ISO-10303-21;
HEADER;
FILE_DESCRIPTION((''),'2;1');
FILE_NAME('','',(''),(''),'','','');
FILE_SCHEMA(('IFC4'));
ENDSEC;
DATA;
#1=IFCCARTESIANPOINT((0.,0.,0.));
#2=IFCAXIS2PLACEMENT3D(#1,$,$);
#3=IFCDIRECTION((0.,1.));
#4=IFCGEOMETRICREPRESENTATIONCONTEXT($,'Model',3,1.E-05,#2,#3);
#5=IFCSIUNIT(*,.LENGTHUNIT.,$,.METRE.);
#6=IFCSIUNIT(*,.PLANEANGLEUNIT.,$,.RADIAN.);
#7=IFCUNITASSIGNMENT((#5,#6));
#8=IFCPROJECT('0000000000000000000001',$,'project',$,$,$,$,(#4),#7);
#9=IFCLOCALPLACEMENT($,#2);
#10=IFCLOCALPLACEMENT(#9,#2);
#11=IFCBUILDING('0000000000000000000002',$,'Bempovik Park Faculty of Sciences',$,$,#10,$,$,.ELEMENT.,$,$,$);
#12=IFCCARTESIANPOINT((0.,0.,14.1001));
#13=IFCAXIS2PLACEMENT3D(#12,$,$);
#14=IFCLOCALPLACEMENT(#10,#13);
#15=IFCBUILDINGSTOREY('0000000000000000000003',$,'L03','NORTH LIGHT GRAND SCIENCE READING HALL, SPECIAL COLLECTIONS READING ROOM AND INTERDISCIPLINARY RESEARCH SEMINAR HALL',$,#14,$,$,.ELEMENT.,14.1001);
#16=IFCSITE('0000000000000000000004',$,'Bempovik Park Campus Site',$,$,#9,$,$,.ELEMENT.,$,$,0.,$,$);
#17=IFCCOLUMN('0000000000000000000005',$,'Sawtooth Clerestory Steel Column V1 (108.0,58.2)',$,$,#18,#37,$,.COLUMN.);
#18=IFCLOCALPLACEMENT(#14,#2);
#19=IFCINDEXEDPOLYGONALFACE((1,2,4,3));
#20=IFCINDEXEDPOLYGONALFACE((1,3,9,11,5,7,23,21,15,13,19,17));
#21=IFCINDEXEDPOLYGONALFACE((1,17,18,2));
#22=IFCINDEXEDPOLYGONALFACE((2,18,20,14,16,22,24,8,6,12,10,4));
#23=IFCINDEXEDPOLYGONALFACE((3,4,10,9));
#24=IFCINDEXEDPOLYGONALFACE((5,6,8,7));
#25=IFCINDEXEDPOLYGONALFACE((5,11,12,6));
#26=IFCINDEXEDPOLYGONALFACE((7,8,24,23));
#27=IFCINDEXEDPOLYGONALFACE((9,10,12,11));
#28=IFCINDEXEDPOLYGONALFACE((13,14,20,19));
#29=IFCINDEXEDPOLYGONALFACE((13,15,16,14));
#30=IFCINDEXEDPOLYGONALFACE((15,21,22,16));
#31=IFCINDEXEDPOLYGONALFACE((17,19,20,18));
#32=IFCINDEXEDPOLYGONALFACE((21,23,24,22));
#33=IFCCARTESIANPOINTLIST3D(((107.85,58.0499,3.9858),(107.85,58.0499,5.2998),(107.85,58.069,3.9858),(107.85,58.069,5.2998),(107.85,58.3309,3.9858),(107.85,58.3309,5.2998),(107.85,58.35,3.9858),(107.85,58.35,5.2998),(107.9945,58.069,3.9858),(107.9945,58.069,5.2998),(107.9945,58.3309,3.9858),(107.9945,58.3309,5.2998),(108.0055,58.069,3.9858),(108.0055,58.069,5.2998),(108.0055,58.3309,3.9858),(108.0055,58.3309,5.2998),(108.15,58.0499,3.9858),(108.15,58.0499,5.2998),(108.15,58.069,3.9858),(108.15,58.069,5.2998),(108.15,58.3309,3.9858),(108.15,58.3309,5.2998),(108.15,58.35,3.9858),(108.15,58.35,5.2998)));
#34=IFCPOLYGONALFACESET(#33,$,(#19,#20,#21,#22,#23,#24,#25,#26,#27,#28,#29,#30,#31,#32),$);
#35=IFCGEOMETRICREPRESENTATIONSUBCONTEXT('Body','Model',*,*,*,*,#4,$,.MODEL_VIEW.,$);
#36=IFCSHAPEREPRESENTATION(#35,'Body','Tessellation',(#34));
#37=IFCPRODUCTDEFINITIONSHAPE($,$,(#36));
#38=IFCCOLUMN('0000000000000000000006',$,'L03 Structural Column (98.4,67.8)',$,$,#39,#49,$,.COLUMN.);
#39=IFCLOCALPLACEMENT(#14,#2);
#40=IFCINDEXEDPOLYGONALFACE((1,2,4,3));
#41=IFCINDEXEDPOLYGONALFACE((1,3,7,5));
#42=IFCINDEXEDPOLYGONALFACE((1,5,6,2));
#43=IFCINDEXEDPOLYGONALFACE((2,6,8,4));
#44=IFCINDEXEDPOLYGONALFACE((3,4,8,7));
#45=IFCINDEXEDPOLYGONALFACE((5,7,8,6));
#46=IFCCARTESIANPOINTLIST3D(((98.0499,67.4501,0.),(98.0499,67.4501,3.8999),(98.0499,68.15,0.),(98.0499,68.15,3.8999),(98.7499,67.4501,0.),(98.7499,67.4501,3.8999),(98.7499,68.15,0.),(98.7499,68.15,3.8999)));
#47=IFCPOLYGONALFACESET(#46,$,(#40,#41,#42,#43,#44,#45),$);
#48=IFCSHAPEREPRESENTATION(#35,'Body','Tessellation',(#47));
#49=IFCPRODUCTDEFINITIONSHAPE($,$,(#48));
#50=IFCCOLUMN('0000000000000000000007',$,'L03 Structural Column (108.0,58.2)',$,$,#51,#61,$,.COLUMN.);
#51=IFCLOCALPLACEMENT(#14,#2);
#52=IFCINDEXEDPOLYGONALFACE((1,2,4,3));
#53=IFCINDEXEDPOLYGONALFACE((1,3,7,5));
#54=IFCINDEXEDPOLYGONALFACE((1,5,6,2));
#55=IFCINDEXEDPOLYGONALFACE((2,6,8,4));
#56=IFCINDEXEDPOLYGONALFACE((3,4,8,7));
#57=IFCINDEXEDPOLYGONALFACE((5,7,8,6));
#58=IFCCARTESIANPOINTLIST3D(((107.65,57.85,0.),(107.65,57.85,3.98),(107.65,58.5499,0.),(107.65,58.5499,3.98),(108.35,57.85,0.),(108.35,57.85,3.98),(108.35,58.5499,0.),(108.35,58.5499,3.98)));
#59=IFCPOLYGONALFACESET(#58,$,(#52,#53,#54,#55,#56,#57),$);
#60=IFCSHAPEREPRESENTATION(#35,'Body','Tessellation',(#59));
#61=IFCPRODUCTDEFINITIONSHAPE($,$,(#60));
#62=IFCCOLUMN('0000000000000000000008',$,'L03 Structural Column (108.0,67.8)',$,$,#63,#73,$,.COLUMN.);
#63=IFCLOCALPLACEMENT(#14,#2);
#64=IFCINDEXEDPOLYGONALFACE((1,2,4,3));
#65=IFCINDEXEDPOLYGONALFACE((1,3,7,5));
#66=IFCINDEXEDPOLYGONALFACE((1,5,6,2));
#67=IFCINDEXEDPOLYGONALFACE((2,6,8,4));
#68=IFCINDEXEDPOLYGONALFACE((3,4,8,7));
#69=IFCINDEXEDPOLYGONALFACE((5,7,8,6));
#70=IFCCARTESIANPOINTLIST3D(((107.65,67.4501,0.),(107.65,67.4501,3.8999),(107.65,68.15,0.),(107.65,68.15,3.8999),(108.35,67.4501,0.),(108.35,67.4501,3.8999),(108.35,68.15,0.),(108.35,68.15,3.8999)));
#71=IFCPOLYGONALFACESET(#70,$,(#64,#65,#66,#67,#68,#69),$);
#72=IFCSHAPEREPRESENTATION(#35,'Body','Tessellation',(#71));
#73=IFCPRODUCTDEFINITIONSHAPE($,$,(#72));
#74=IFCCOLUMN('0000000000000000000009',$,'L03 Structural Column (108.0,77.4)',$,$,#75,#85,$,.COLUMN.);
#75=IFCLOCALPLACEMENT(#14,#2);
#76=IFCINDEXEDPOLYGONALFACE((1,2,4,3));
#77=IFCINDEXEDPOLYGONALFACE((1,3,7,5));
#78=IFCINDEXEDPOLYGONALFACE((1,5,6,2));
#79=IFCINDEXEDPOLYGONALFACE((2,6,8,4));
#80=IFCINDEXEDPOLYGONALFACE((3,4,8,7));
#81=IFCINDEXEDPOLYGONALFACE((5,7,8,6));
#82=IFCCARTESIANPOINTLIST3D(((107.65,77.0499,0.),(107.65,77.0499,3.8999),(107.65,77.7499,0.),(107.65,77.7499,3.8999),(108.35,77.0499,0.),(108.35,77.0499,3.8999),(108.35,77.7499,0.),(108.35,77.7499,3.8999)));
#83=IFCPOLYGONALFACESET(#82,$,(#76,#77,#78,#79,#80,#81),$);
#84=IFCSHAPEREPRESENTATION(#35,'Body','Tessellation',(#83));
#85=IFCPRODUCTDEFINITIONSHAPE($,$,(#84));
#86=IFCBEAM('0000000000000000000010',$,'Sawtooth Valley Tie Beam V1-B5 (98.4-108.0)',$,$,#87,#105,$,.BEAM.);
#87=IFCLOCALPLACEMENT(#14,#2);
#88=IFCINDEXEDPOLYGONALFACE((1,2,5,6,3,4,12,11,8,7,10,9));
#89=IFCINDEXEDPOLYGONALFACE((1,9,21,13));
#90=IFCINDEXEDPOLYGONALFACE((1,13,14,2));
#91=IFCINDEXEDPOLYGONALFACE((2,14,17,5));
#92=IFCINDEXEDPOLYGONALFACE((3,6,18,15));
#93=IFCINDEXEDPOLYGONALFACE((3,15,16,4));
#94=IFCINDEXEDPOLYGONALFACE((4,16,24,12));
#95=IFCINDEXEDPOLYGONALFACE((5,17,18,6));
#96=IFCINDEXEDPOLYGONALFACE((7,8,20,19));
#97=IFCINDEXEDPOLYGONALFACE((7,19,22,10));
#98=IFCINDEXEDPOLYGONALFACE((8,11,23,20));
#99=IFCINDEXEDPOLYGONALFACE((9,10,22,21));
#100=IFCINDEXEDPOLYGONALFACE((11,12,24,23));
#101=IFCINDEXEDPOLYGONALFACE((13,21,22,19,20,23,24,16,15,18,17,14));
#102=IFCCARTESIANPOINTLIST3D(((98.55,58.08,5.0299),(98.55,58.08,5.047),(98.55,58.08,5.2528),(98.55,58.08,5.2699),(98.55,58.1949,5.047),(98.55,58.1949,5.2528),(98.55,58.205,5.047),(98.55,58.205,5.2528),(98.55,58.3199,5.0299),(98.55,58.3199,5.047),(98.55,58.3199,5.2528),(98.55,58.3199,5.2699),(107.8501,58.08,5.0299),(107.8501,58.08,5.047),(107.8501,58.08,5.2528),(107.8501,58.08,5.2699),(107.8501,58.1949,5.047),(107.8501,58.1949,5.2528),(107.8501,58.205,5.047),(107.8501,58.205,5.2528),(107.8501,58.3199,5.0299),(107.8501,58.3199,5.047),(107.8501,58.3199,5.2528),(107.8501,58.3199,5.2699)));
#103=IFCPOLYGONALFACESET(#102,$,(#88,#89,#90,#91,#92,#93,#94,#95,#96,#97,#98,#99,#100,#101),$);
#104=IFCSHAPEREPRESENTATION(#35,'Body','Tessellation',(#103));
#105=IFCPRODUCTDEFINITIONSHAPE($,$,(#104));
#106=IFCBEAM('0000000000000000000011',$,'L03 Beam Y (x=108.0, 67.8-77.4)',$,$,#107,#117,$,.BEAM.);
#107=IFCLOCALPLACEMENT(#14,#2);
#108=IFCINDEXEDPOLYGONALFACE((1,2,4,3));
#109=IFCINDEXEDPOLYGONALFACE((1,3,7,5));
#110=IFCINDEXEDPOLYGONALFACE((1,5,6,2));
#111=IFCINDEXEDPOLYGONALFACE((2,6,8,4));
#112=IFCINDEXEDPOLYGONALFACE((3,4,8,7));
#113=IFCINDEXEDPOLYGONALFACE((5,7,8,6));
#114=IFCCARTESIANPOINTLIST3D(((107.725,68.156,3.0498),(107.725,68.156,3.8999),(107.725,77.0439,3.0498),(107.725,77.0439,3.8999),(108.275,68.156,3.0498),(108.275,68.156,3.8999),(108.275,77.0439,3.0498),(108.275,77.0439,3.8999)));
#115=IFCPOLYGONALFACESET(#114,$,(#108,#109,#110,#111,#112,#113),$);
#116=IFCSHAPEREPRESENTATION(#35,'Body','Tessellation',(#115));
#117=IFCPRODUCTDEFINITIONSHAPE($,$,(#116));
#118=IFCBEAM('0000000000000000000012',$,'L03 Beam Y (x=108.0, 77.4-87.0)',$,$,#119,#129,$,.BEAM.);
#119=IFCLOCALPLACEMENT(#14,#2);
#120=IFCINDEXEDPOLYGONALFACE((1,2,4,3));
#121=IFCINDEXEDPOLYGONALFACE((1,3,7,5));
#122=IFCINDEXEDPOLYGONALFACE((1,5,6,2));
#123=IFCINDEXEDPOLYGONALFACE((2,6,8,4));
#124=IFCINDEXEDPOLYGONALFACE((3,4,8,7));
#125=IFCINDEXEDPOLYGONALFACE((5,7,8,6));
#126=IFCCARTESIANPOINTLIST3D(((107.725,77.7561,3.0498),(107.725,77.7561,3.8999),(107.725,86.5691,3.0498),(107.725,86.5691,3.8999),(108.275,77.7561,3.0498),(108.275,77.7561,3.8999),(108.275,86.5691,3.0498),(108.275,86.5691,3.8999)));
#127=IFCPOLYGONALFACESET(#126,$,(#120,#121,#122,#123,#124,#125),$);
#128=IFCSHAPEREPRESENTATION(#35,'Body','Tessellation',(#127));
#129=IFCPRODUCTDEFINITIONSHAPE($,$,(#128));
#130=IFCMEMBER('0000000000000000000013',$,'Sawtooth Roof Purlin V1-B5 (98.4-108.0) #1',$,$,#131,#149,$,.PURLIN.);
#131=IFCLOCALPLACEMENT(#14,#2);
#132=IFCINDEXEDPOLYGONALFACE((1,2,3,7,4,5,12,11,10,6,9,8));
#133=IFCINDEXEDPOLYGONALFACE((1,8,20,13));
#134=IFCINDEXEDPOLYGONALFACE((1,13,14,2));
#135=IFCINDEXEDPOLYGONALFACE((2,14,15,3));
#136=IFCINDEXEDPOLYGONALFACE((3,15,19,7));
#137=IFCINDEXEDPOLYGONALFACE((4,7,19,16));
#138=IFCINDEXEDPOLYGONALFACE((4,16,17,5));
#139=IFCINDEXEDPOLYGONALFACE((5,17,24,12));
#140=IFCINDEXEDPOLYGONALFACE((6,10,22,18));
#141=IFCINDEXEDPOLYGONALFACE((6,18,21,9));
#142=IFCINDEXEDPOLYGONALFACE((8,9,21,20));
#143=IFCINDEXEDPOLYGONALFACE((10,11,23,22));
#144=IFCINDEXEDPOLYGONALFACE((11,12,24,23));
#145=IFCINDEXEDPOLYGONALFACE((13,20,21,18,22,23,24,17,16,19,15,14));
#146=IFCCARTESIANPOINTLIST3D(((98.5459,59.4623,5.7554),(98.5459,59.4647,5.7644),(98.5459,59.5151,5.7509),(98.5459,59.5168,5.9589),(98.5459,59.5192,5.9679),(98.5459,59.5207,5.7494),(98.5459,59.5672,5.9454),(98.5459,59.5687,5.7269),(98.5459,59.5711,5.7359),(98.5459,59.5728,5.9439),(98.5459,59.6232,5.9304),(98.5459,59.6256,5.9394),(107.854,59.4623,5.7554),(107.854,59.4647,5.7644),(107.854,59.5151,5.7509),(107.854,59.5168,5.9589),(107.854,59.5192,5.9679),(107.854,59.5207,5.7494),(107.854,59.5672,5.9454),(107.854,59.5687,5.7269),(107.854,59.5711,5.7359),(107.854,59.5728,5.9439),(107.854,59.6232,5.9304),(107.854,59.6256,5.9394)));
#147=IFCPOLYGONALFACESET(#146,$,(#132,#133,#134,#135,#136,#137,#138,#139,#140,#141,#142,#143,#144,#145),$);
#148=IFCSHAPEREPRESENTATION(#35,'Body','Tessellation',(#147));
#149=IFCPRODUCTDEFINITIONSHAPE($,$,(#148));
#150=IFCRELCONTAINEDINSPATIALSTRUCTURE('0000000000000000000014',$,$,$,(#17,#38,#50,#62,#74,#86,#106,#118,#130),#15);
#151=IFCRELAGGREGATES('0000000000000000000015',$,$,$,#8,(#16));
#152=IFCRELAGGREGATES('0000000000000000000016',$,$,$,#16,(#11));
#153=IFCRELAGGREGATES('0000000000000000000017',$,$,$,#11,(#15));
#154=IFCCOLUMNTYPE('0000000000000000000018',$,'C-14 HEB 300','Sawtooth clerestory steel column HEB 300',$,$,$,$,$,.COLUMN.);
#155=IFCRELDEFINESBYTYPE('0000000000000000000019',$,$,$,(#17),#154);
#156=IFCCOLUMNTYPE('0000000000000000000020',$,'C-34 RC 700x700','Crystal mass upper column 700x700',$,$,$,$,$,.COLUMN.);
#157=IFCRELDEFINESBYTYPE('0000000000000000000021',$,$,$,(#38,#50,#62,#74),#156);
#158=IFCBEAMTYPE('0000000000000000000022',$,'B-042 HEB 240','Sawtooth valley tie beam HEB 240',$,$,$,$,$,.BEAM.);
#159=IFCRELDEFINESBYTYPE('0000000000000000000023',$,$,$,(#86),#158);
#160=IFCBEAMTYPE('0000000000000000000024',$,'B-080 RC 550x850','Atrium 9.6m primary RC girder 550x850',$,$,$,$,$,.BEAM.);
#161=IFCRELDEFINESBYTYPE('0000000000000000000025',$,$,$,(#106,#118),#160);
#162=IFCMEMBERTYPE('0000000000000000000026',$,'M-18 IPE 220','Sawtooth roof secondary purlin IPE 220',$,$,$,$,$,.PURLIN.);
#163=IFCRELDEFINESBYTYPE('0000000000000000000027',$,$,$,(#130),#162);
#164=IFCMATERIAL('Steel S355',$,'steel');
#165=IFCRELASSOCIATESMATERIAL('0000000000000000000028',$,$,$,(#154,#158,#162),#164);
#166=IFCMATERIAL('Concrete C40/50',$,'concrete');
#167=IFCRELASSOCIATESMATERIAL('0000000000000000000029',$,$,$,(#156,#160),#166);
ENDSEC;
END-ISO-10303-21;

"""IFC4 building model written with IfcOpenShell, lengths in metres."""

from ifc_helpers import new_model, si_unit, direction, frame, origin, origin_2d, place, context, subcontext, project, spatial, rectangle, i_section, extrude, material, material_profile, profile_set, type_object, element, save


model = new_model("IFC4")

# Units and contexts
model_context = context("Model", 3, precision=1e-05, world=origin(), true_north=direction((0.0, 1.0)))
body_context = subcontext(model_context, "Body", "Model", "MODEL_VIEW")
ifc_project = project(units=[si_unit("LENGTHUNIT", "METRE"), si_unit("PLANEANGLEUNIT", "RADIAN")], contexts=[model_context])

# Site, building, storey
site_placement = place(None, origin())
site = spatial("IfcSite", under=ifc_project, at=site_placement, Name="Bempovik Park Campus Site", CompositionType="ELEMENT", RefElevation=0.0)
building_placement = place(site_placement, origin())
building = spatial("IfcBuilding", under=site, at=building_placement, Name="Bempovik Park Faculty of Sciences", CompositionType="ELEMENT")
storey_placement = place(building_placement, frame((0.0, 0.0, 14.1001)))
storey = spatial("IfcBuildingStorey", under=building, at=storey_placement, Name="L03", Description="NORTH LIGHT GRAND SCIENCE READING HALL, SPECIAL COLLECTIONS READING ROOM AND INTERDISCIPLINARY RESEARCH SEMINAR HALL", CompositionType="ELEMENT", Elevation=14.1001)

# Columns
ifc_material_1 = material(Name="Steel S355", Category="steel")
ifc_material_profile_1 = material_profile(ifc_material_1, i_section(OverallWidth=0.3, OverallDepth=0.3, WebThickness=0.011, FlangeThickness=0.019, at=origin_2d()), Name="HEB 300")
ifc_profile_set_1 = profile_set([ifc_material_profile_1], Name="Steel S355")
column_type_1 = type_object("IfcColumnType", Name="C-14 HEB 300", Description="Sawtooth clerestory steel column HEB 300", PredefinedType="COLUMN", material=ifc_profile_set_1)
column_1_placement = place(storey_placement, frame((108.0, 58.2, 3.9858), z_axis=(0.0, 0.0, 1.0), x_axis=(1.0, 0.0, 0.0)))
element("IfcColumn", 1, at=column_1_placement, inside=storey, type_object=column_type_1, Name="Sawtooth Clerestory Steel Column V1 (108.0,58.2)", PredefinedType="COLUMN", context=body_context, shape_type="SweptSolid", body=[
    extrude(i_section(OverallWidth=0.3, OverallDepth=0.3, WebThickness=0.011, FlangeThickness=0.019, at=origin_2d()), origin(), (0.0, 0.0, 1.0), 1.314),
])
ifc_material_2 = material(Name="Concrete C40/50", Category="concrete")
ifc_material_profile_2 = material_profile(ifc_material_2, rectangle(XDim=0.7, YDim=0.7, at=origin_2d()), Name="RC 700x700")
ifc_profile_set_2 = profile_set([ifc_material_profile_2], Name="Concrete C40/50")
column_type_2 = type_object("IfcColumnType", Name="C-34 RC 700x700", Description="Crystal mass upper column 700x700", PredefinedType="COLUMN", material=ifc_profile_set_2)
column_2_placement = place(storey_placement, frame((98.3999, 67.8, 0.0), z_axis=(0.0, 0.0, 1.0), x_axis=(1.0, 0.0, 0.0)))
element("IfcColumn", 2, at=column_2_placement, inside=storey, type_object=column_type_2, Name="L03 Structural Column (98.4,67.8)", PredefinedType="COLUMN", context=body_context, shape_type="SweptSolid", body=[
    extrude(rectangle(XDim=0.7, YDim=0.7, at=origin_2d()), origin(), (0.0, 0.0, 1.0), 3.8999),
])
column_3_placement = place(storey_placement, frame((108.0, 58.2, 0.0), z_axis=(0.0, 0.0, 1.0), x_axis=(1.0, 0.0, 0.0)))
element("IfcColumn", 3, at=column_3_placement, inside=storey, type_object=column_type_2, Name="L03 Structural Column (108.0,58.2)", PredefinedType="COLUMN", context=body_context, shape_type="SweptSolid", body=[
    extrude(rectangle(XDim=0.7, YDim=0.7, at=origin_2d()), origin(), (0.0, 0.0, 1.0), 3.98),
])
for number, where, z_axis, x_axis, name in (
    (4, (108.0, 67.8, 0.0), (0.0, 0.0, 1.0), (1.0, 0.0, 0.0), "L03 Structural Column (108.0,67.8)"),
    (5, (108.0, 77.3999, 0.0), (0.0, 0.0, 1.0), (1.0, 0.0, 0.0), "L03 Structural Column (108.0,77.4)"),
):
    element("IfcColumn", number, at=place(storey_placement, frame(where, z_axis=z_axis, x_axis=x_axis)), inside=storey, type_object=column_type_2, Name=name, PredefinedType="COLUMN", context=body_context, shape_type="SweptSolid", body=[
        extrude(rectangle(XDim=0.7, YDim=0.7, at=origin_2d()), origin(), (0.0, 0.0, 1.0), 3.8999),
    ])

# Beams
ifc_material_profile_3 = material_profile(ifc_material_1, i_section(OverallWidth=0.24, OverallDepth=0.24, WebThickness=0.01, FlangeThickness=0.0171, at=origin_2d()), Name="HEB 240")
ifc_profile_set_3 = profile_set([ifc_material_profile_3], Name="Steel S355")
beam_type_1 = type_object("IfcBeamType", Name="B-042 HEB 240", Description="Sawtooth valley tie beam HEB 240", PredefinedType="BEAM", material=ifc_profile_set_3)
beam_1_placement = place(storey_placement, frame((98.55, 58.2, 5.1499), z_axis=(1.0, 0.0, 0.0), x_axis=(0.0, 1.0, 0.0)))
element("IfcBeam", 6, at=beam_1_placement, inside=storey, type_object=beam_type_1, Name="Sawtooth Valley Tie Beam V1-B5 (98.4-108.0)", PredefinedType="BEAM", context=body_context, shape_type="SweptSolid", body=[
    extrude(i_section(OverallWidth=0.24, OverallDepth=0.24, WebThickness=0.01, FlangeThickness=0.0171, at=origin_2d()), origin(), (0.0, 0.0, 1.0), 9.3),
])
ifc_material_profile_4 = material_profile(ifc_material_2, rectangle(XDim=0.55, YDim=0.8501, at=origin_2d()), Name="RC 550x850")
ifc_profile_set_4 = profile_set([ifc_material_profile_4], Name="Concrete C40/50")
beam_type_2 = type_object("IfcBeamType", Name="B-080 RC 550x850", Description="Atrium 9.6m primary RC girder 550x850", PredefinedType="BEAM", material=ifc_profile_set_4)
beam_2_placement = place(storey_placement, frame((108.0, 68.156, 3.4749), z_axis=(0.0, 1.0, 0.0), x_axis=(-1.0, 0.0, 0.0)))
element("IfcBeam", 7, at=beam_2_placement, inside=storey, type_object=beam_type_2, Name="L03 Beam Y (x=108.0, 67.8-77.4)", PredefinedType="BEAM", context=body_context, shape_type="SweptSolid", body=[
    extrude(rectangle(XDim=0.55, YDim=0.8501, at=origin_2d()), origin(), (0.0, 0.0, 1.0), 8.8879),
])
beam_3_placement = place(storey_placement, frame((108.0, 77.7561, 3.4749), z_axis=(0.0, 1.0, 0.0), x_axis=(-1.0, 0.0, 0.0)))
element("IfcBeam", 8, at=beam_3_placement, inside=storey, type_object=beam_type_2, Name="L03 Beam Y (x=108.0, 77.4-87.0)", PredefinedType="BEAM", context=body_context, shape_type="SweptSolid", body=[
    extrude(rectangle(XDim=0.55, YDim=0.8501, at=origin_2d()), origin(), (0.0, 0.0, 1.0), 8.813),
])

# Member
ifc_material_profile_5 = material_profile(ifc_material_1, i_section(OverallWidth=0.1101, OverallDepth=0.22, WebThickness=0.0059, FlangeThickness=0.0093, at=origin_2d()), Name="IPE 220")
ifc_profile_set_5 = profile_set([ifc_material_profile_5], Name="Steel S355")
member_type_1 = type_object("IfcMemberType", Name="M-18 IPE 220", Description="Sawtooth roof secondary purlin IPE 220", PredefinedType="PURLIN", material=ifc_profile_set_5)
member_1_placement = place(storey_placement, frame((98.5459, 59.5439, 5.8474), z_axis=(1.0, 0.0, 0.0), x_axis=(0.0, 0.965926, -0.258819)))
element("IfcMember", 9, at=member_1_placement, inside=storey, type_object=member_type_1, Name="Sawtooth Roof Purlin V1-B5 (98.4-108.0) #1", PredefinedType="PURLIN", context=body_context, shape_type="SweptSolid", body=[
    extrude(i_section(OverallWidth=0.1101, OverallDepth=0.22, WebThickness=0.0059, FlangeThickness=0.0093, at=origin_2d()), origin(), (0.0, 0.0, 1.0), 9.3081),
])

save(model, "model.ifc")
